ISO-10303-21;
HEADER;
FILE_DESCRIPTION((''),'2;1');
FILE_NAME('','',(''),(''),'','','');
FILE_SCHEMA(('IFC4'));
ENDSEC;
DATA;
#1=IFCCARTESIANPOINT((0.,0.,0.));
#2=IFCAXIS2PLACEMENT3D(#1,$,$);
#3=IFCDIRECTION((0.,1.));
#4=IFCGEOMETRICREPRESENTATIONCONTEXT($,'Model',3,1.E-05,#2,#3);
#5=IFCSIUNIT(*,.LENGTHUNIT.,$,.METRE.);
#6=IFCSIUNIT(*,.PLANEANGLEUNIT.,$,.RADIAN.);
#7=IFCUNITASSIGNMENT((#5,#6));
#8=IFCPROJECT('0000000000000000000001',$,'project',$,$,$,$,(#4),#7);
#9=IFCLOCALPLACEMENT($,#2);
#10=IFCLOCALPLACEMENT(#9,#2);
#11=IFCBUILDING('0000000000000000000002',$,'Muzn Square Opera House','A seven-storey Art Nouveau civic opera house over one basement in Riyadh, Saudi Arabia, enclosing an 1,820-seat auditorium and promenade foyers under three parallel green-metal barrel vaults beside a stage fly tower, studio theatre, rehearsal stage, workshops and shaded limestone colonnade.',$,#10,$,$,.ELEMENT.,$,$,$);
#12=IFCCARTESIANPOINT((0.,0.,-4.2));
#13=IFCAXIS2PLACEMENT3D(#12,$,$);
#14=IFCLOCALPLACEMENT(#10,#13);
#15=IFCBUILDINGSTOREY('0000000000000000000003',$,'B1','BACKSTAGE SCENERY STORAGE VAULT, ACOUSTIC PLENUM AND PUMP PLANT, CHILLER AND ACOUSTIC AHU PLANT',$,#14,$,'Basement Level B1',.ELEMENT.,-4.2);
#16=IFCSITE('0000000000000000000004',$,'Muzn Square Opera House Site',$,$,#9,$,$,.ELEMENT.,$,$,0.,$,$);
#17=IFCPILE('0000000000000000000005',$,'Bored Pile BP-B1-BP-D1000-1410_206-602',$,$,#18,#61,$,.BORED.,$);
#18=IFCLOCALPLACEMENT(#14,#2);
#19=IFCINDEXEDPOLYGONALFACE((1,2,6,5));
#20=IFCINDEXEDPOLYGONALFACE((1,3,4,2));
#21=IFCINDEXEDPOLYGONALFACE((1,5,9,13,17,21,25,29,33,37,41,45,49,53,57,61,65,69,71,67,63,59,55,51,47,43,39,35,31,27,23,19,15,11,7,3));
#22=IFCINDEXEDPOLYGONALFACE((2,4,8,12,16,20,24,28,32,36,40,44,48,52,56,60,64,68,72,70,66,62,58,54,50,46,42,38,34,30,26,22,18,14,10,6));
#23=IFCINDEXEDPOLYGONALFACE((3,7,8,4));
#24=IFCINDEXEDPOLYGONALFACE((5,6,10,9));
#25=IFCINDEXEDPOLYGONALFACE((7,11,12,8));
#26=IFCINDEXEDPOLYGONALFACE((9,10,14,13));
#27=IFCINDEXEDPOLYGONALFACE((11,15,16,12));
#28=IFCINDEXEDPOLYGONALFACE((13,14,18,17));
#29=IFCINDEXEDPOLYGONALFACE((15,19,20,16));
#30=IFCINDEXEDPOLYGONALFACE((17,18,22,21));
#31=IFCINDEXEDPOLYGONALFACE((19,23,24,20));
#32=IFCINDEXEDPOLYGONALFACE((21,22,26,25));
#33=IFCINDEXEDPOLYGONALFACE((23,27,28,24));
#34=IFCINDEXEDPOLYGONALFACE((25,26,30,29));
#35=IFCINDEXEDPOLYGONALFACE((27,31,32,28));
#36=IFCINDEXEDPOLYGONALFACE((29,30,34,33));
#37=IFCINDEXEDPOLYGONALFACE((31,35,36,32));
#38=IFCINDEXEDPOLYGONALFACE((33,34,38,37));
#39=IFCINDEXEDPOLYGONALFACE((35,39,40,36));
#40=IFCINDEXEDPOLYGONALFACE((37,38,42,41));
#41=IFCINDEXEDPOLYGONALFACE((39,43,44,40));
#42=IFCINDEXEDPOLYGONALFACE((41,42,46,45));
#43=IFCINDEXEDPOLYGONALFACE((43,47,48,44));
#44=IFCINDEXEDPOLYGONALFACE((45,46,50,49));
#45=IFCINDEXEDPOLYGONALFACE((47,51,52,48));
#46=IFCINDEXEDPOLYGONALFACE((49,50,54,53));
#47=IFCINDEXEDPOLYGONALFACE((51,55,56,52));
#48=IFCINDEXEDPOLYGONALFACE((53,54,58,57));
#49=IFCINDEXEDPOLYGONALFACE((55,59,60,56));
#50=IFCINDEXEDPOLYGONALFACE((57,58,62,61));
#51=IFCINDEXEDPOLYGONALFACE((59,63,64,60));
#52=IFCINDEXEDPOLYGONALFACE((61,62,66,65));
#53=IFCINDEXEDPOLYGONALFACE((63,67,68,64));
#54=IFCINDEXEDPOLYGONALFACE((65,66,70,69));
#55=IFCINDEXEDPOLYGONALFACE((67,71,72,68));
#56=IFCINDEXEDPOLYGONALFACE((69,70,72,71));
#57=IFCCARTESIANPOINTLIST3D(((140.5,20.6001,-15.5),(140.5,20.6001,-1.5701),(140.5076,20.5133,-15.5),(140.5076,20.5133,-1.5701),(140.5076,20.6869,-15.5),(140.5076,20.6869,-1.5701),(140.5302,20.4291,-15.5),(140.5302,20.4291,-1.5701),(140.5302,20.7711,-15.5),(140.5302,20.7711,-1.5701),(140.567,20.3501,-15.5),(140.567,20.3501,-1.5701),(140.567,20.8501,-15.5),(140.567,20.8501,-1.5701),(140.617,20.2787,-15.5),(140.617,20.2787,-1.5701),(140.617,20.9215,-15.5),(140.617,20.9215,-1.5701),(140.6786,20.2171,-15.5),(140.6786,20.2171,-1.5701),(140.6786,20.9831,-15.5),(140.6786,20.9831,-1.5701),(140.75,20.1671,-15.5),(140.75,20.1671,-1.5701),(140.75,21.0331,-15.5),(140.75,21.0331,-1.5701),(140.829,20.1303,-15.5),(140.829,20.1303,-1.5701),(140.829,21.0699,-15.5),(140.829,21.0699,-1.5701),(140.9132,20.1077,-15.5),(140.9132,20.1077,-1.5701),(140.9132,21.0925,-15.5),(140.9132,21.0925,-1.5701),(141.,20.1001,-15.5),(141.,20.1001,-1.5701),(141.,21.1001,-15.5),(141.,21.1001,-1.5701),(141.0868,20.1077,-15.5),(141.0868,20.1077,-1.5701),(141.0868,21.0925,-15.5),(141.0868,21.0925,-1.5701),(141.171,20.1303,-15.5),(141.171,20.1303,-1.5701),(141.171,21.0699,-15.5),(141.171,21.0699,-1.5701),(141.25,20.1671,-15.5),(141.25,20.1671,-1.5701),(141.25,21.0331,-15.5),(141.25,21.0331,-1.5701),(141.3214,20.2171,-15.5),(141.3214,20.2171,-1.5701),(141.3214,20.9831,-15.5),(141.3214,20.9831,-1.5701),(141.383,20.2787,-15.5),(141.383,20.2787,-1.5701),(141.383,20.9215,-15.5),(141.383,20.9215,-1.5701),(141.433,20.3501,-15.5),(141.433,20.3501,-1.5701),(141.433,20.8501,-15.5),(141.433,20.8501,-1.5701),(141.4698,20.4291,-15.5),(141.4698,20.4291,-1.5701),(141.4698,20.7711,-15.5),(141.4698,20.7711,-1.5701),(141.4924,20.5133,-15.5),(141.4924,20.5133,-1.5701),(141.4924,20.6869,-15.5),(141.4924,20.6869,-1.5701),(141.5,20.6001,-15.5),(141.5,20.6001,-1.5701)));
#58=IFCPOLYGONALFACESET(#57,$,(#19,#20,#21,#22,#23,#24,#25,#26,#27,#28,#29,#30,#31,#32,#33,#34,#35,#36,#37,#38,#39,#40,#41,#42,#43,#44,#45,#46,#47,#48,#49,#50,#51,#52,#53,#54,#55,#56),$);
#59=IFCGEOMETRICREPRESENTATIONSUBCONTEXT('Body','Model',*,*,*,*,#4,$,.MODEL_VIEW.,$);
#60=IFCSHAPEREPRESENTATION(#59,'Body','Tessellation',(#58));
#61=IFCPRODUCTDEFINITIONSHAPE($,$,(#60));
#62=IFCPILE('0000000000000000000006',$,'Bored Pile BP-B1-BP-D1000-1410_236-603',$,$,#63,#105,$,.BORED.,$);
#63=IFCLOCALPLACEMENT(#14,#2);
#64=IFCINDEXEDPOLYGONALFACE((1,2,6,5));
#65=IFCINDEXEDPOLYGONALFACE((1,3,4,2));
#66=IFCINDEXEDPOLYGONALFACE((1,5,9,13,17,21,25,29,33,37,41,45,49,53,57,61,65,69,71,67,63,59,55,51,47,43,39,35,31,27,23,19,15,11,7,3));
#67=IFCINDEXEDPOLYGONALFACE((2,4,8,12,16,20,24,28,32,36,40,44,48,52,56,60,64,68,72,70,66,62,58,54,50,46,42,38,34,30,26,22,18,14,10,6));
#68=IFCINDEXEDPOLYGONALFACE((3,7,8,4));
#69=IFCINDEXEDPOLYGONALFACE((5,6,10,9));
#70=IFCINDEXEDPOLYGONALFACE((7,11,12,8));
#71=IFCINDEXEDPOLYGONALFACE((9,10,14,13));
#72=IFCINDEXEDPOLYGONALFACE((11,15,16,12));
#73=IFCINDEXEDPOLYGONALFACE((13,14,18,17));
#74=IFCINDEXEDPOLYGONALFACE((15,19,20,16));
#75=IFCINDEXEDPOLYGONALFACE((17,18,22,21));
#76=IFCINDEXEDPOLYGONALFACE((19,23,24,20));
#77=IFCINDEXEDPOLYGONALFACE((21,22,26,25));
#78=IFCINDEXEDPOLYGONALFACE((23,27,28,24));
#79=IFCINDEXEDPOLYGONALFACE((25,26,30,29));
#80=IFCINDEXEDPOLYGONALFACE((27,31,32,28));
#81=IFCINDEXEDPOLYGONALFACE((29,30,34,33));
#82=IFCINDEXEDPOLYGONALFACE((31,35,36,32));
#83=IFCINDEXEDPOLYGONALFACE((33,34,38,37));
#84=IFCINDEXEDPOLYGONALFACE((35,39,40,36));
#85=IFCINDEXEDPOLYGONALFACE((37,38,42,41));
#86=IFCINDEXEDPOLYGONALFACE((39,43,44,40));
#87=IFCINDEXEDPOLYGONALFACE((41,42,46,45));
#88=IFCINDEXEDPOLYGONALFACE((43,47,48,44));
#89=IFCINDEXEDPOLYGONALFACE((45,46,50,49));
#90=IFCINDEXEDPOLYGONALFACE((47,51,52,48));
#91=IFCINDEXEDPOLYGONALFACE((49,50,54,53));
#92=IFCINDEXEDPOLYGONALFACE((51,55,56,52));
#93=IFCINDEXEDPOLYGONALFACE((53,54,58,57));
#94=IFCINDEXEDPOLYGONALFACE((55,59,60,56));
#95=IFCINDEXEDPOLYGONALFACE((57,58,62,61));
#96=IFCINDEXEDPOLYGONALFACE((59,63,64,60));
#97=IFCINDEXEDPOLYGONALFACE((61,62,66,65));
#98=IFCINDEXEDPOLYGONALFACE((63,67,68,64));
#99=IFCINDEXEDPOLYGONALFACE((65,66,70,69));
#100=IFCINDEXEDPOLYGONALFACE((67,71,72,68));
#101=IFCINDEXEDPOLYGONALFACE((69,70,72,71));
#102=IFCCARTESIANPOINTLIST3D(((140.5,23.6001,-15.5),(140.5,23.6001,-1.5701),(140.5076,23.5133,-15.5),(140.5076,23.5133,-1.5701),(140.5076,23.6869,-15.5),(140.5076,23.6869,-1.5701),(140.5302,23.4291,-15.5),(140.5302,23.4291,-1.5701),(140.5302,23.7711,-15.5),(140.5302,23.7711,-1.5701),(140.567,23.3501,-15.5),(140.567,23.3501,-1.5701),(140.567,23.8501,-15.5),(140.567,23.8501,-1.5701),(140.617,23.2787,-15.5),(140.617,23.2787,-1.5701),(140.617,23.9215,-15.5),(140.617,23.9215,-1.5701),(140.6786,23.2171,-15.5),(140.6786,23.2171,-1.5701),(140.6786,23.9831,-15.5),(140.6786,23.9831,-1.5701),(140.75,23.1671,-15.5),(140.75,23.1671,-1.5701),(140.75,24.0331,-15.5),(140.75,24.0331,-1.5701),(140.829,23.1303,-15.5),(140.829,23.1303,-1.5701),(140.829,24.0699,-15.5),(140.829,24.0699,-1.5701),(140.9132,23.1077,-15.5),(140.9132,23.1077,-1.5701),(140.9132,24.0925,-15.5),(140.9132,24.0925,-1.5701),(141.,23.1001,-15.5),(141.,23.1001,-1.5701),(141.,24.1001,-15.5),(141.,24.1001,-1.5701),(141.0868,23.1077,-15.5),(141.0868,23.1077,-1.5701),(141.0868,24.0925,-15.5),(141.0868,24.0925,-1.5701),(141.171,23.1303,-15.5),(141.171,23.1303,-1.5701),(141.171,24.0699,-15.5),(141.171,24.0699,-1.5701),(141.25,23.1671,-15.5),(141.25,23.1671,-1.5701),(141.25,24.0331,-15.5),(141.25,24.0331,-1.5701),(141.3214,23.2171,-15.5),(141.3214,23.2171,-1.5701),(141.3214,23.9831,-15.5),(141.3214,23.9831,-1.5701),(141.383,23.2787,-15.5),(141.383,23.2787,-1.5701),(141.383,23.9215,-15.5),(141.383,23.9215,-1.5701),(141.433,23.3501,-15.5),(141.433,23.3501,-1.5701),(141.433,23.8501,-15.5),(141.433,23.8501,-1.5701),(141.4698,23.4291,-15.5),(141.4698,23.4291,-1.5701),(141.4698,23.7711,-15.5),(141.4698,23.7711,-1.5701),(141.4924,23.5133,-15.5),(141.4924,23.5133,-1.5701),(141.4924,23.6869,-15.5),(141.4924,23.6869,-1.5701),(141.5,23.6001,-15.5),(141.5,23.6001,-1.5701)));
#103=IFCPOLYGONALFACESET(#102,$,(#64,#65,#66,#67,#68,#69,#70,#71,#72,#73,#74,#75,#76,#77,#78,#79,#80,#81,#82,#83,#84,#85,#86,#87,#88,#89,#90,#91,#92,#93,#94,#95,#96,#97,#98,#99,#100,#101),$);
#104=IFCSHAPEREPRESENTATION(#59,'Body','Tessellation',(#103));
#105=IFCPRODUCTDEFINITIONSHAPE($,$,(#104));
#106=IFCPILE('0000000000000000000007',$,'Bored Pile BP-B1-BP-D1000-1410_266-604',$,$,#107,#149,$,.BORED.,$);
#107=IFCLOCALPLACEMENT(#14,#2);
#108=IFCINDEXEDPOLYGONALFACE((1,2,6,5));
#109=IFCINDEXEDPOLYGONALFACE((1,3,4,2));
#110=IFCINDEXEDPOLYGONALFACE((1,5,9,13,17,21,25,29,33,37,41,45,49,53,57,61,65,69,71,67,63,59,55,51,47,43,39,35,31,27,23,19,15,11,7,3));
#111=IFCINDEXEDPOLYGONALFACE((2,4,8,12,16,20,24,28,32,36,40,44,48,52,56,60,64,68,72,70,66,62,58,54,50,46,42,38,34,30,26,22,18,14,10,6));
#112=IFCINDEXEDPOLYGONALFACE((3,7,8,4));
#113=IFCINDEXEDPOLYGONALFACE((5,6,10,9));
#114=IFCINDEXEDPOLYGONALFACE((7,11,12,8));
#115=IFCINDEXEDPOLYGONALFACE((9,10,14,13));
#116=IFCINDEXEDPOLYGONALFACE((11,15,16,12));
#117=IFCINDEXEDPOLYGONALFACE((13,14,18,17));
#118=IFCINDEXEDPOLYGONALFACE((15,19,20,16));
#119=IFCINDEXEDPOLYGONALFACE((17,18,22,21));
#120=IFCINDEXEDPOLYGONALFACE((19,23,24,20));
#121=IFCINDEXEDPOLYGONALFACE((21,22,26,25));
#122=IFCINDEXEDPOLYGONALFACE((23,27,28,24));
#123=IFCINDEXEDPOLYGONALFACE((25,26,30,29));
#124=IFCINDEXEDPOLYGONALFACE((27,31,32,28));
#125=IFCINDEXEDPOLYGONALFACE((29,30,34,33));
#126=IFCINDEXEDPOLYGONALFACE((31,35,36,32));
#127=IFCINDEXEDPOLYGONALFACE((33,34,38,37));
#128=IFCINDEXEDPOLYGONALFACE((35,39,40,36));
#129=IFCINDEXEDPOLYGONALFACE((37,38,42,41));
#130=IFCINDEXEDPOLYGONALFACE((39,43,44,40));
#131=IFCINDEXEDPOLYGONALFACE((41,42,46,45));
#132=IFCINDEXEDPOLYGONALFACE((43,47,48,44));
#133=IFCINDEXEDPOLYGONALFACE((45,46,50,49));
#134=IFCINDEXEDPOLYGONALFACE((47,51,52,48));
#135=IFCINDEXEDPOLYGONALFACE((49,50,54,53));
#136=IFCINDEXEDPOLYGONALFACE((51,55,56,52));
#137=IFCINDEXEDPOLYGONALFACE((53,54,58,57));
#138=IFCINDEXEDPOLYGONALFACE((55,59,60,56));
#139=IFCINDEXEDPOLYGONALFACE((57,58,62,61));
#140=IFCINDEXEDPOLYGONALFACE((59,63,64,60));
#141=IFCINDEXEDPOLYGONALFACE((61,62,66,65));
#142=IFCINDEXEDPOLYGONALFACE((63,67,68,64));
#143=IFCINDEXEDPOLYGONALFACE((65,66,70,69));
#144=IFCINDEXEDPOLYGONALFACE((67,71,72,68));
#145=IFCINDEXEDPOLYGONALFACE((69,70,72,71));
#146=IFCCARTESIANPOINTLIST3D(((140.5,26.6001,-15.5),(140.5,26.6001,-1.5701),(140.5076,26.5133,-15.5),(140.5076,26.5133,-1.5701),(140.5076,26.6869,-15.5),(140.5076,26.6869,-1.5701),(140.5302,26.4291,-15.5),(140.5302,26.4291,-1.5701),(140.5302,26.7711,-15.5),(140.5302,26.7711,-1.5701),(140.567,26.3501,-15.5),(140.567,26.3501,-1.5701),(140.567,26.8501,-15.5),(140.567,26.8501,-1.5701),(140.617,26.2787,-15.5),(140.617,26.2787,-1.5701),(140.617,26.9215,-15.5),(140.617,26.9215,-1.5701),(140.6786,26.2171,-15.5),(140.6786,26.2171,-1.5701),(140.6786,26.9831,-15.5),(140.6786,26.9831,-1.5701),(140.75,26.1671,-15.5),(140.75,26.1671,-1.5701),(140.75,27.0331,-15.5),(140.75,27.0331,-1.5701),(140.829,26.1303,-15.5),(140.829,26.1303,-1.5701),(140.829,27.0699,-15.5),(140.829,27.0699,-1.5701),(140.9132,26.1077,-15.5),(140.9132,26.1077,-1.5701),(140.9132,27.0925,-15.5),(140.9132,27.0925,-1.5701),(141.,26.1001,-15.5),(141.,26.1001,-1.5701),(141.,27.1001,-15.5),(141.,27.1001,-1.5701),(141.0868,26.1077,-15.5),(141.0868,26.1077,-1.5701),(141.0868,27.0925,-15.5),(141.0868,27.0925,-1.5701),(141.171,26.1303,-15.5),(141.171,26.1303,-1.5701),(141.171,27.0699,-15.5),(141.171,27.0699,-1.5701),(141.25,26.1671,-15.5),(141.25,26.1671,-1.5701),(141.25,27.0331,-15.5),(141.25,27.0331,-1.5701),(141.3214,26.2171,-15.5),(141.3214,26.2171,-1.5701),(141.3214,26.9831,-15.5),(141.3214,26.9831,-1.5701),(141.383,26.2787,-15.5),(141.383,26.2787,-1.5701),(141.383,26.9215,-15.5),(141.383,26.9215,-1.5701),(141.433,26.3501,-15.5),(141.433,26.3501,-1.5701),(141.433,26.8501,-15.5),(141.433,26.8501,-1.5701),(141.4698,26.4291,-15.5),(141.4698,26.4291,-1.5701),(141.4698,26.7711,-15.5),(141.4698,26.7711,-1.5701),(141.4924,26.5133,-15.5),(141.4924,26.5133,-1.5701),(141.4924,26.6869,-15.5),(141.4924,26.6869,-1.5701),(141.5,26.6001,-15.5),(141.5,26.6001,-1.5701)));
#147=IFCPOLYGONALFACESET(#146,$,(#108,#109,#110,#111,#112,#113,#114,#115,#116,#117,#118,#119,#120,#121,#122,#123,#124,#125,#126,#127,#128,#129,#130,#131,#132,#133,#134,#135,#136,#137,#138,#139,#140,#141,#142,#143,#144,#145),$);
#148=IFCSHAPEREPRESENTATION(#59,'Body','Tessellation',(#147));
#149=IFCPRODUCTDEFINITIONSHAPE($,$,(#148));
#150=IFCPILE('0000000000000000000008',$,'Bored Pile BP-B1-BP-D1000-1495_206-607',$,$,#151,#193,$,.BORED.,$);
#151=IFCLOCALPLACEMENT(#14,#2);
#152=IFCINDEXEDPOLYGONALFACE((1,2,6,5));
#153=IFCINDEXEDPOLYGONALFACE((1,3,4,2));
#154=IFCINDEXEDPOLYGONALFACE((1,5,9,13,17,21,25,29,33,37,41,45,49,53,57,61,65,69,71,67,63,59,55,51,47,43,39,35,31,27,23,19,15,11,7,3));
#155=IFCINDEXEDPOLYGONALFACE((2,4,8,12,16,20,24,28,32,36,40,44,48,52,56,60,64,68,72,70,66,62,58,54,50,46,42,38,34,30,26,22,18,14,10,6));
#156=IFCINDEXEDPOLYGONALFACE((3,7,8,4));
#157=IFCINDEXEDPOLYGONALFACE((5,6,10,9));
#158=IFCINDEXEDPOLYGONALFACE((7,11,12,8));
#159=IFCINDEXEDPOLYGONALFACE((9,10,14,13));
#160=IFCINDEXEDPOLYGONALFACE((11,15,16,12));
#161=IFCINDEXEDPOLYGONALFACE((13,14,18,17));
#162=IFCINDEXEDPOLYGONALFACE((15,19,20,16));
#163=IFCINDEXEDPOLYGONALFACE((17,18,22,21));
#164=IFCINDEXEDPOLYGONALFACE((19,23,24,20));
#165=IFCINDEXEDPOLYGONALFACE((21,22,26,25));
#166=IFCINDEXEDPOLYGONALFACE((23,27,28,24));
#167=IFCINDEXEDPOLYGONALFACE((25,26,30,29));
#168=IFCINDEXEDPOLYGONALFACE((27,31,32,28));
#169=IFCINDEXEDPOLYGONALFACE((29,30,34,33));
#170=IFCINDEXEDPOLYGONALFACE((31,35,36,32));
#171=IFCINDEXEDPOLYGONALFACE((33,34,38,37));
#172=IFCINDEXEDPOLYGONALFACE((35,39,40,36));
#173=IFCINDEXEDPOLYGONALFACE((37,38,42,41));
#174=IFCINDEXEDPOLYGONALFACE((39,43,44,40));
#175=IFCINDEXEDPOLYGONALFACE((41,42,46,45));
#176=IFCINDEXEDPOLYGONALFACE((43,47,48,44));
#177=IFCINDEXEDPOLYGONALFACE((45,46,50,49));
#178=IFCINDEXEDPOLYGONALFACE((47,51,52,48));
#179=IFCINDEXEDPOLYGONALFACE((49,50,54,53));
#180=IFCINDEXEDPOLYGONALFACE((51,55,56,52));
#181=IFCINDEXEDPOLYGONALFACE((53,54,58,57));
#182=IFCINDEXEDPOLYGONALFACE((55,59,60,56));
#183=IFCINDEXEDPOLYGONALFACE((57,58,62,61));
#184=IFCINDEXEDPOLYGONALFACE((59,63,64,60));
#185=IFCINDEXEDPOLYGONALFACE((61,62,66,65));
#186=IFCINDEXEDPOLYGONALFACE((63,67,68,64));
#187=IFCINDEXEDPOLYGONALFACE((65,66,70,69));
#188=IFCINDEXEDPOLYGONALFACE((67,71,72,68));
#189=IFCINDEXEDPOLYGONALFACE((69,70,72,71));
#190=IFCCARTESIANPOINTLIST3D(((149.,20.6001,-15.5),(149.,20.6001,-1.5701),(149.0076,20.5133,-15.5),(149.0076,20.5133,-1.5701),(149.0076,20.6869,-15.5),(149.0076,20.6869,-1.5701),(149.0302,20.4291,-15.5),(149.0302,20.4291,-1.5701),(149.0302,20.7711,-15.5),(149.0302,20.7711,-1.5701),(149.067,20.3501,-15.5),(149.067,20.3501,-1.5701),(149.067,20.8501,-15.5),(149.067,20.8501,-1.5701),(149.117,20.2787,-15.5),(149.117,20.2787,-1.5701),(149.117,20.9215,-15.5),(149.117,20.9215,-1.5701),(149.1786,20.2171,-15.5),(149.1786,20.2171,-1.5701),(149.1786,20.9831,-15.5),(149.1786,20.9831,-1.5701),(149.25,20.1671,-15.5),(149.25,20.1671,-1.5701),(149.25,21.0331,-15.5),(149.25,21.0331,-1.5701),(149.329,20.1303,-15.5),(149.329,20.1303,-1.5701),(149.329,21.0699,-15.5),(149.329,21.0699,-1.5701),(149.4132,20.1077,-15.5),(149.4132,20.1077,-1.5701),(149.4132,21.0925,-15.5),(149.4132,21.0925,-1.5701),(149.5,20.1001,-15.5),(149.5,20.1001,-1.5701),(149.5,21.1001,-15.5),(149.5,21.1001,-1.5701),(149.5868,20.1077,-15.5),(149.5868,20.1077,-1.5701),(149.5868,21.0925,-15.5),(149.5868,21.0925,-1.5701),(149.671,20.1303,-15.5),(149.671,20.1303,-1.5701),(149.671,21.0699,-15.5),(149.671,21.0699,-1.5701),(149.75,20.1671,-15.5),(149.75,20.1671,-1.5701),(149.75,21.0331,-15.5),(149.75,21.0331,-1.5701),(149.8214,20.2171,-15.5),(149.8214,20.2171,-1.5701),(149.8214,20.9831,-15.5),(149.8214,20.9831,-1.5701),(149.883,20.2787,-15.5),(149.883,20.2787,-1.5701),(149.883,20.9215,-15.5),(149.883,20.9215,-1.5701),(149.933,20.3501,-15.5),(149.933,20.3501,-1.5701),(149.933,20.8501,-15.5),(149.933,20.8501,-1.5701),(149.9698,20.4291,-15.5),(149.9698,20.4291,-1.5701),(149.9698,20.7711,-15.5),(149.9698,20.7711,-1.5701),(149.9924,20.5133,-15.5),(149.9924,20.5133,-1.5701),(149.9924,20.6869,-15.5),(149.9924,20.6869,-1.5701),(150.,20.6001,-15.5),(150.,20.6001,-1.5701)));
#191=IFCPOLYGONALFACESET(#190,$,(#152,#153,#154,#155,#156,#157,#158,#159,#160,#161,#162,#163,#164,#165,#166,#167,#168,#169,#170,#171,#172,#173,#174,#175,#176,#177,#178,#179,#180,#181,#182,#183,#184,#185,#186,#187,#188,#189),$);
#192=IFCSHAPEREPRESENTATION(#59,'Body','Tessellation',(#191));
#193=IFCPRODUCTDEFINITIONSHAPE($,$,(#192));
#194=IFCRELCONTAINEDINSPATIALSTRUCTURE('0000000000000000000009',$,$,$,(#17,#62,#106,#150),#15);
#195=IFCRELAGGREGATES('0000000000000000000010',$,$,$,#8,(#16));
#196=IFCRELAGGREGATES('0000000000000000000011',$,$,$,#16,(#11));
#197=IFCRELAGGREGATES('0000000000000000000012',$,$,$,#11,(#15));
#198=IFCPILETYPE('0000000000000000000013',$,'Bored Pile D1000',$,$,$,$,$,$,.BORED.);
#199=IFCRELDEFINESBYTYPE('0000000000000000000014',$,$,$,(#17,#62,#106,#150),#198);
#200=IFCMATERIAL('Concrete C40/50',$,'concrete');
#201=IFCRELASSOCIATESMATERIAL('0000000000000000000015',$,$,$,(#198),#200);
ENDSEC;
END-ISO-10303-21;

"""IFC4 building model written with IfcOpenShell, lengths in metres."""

from ifc_helpers import new_model, si_unit, direction, frame, origin, origin_2d, place, context, subcontext, project, spatial, circle, extrude, material, material_profile, profile_set, type_object, element, save


model = new_model("IFC4")

# Units and contexts
model_context = context("Model", 3, precision=1e-05, world=origin(), true_north=direction((0.0, 1.0)))
body_context = subcontext(model_context, "Body", "Model", "MODEL_VIEW")
ifc_project = project(units=[si_unit("LENGTHUNIT", "METRE"), si_unit("PLANEANGLEUNIT", "RADIAN")], contexts=[model_context])

# Site, building, storey
site_placement = place(None, origin())
site = spatial("IfcSite", under=ifc_project, at=site_placement, Name="Muzn Square Opera House Site", CompositionType="ELEMENT", RefElevation=0.0)
building_placement = place(site_placement, origin())
building = spatial("IfcBuilding", under=site, at=building_placement, Name="Muzn Square Opera House", Description="A seven-storey Art Nouveau civic opera house over one basement in Riyadh, Saudi Arabia, enclosing an 1,820-seat auditorium and promenade foyers under three parallel green-metal barrel vaults beside a stage fly tower, studio theatre, rehearsal stage, workshops and shaded limestone colonnade.", CompositionType="ELEMENT")
storey_placement = place(building_placement, frame((0.0, 0.0, -4.2)))
storey = spatial("IfcBuildingStorey", under=building, at=storey_placement, Name="B1", Description="BACKSTAGE SCENERY STORAGE VAULT, ACOUSTIC PLENUM AND PUMP PLANT, CHILLER AND ACOUSTIC AHU PLANT", LongName="Basement Level B1", CompositionType="ELEMENT", Elevation=-4.2)

# Piles
ifc_material_1 = material(Name="Concrete C40/50", Category="concrete")
ifc_material_profile_1 = material_profile(ifc_material_1, circle(Radius=0.5, at=origin_2d()), Name="BORED PILE D1000", Category="concrete")
ifc_profile_set_1 = profile_set([ifc_material_profile_1], Name="Concrete C40/50")
pile_type = type_object("IfcPileType", Name="Bored Pile D1000", PredefinedType="BORED", material=ifc_profile_set_1)
for number, where, z_axis, x_axis, name in (
    (1, (141.0, 20.6001, -1.5701), (0.0, 0.0, -1.0), (1.0, 0.0, 0.0), "Bored Pile BP-B1-BP-D1000-1410_206-602"),
    (2, (141.0, 23.6001, -1.5701), (0.0, 0.0, -1.0), (1.0, 0.0, 0.0), "Bored Pile BP-B1-BP-D1000-1410_236-603"),
    (3, (141.0, 26.6001, -1.5701), (0.0, 0.0, -1.0), (1.0, 0.0, 0.0), "Bored Pile BP-B1-BP-D1000-1410_266-604"),
    (4, (149.5, 20.6001, -1.5701), (0.0, 0.0, -1.0), (1.0, 0.0, 0.0), "Bored Pile BP-B1-BP-D1000-1495_206-607"),
):
    element("IfcPile", number, at=place(storey_placement, frame(where, z_axis=z_axis, x_axis=x_axis)), inside=storey, type_object=pile_type, Name=name, PredefinedType="BORED", context=body_context, shape_type="SweptSolid", body=[
        extrude(circle(Radius=0.5, at=origin_2d()), origin(), (0.0, 0.0, 1.0), 13.9299),
    ])

save(model, "model.ifc")
